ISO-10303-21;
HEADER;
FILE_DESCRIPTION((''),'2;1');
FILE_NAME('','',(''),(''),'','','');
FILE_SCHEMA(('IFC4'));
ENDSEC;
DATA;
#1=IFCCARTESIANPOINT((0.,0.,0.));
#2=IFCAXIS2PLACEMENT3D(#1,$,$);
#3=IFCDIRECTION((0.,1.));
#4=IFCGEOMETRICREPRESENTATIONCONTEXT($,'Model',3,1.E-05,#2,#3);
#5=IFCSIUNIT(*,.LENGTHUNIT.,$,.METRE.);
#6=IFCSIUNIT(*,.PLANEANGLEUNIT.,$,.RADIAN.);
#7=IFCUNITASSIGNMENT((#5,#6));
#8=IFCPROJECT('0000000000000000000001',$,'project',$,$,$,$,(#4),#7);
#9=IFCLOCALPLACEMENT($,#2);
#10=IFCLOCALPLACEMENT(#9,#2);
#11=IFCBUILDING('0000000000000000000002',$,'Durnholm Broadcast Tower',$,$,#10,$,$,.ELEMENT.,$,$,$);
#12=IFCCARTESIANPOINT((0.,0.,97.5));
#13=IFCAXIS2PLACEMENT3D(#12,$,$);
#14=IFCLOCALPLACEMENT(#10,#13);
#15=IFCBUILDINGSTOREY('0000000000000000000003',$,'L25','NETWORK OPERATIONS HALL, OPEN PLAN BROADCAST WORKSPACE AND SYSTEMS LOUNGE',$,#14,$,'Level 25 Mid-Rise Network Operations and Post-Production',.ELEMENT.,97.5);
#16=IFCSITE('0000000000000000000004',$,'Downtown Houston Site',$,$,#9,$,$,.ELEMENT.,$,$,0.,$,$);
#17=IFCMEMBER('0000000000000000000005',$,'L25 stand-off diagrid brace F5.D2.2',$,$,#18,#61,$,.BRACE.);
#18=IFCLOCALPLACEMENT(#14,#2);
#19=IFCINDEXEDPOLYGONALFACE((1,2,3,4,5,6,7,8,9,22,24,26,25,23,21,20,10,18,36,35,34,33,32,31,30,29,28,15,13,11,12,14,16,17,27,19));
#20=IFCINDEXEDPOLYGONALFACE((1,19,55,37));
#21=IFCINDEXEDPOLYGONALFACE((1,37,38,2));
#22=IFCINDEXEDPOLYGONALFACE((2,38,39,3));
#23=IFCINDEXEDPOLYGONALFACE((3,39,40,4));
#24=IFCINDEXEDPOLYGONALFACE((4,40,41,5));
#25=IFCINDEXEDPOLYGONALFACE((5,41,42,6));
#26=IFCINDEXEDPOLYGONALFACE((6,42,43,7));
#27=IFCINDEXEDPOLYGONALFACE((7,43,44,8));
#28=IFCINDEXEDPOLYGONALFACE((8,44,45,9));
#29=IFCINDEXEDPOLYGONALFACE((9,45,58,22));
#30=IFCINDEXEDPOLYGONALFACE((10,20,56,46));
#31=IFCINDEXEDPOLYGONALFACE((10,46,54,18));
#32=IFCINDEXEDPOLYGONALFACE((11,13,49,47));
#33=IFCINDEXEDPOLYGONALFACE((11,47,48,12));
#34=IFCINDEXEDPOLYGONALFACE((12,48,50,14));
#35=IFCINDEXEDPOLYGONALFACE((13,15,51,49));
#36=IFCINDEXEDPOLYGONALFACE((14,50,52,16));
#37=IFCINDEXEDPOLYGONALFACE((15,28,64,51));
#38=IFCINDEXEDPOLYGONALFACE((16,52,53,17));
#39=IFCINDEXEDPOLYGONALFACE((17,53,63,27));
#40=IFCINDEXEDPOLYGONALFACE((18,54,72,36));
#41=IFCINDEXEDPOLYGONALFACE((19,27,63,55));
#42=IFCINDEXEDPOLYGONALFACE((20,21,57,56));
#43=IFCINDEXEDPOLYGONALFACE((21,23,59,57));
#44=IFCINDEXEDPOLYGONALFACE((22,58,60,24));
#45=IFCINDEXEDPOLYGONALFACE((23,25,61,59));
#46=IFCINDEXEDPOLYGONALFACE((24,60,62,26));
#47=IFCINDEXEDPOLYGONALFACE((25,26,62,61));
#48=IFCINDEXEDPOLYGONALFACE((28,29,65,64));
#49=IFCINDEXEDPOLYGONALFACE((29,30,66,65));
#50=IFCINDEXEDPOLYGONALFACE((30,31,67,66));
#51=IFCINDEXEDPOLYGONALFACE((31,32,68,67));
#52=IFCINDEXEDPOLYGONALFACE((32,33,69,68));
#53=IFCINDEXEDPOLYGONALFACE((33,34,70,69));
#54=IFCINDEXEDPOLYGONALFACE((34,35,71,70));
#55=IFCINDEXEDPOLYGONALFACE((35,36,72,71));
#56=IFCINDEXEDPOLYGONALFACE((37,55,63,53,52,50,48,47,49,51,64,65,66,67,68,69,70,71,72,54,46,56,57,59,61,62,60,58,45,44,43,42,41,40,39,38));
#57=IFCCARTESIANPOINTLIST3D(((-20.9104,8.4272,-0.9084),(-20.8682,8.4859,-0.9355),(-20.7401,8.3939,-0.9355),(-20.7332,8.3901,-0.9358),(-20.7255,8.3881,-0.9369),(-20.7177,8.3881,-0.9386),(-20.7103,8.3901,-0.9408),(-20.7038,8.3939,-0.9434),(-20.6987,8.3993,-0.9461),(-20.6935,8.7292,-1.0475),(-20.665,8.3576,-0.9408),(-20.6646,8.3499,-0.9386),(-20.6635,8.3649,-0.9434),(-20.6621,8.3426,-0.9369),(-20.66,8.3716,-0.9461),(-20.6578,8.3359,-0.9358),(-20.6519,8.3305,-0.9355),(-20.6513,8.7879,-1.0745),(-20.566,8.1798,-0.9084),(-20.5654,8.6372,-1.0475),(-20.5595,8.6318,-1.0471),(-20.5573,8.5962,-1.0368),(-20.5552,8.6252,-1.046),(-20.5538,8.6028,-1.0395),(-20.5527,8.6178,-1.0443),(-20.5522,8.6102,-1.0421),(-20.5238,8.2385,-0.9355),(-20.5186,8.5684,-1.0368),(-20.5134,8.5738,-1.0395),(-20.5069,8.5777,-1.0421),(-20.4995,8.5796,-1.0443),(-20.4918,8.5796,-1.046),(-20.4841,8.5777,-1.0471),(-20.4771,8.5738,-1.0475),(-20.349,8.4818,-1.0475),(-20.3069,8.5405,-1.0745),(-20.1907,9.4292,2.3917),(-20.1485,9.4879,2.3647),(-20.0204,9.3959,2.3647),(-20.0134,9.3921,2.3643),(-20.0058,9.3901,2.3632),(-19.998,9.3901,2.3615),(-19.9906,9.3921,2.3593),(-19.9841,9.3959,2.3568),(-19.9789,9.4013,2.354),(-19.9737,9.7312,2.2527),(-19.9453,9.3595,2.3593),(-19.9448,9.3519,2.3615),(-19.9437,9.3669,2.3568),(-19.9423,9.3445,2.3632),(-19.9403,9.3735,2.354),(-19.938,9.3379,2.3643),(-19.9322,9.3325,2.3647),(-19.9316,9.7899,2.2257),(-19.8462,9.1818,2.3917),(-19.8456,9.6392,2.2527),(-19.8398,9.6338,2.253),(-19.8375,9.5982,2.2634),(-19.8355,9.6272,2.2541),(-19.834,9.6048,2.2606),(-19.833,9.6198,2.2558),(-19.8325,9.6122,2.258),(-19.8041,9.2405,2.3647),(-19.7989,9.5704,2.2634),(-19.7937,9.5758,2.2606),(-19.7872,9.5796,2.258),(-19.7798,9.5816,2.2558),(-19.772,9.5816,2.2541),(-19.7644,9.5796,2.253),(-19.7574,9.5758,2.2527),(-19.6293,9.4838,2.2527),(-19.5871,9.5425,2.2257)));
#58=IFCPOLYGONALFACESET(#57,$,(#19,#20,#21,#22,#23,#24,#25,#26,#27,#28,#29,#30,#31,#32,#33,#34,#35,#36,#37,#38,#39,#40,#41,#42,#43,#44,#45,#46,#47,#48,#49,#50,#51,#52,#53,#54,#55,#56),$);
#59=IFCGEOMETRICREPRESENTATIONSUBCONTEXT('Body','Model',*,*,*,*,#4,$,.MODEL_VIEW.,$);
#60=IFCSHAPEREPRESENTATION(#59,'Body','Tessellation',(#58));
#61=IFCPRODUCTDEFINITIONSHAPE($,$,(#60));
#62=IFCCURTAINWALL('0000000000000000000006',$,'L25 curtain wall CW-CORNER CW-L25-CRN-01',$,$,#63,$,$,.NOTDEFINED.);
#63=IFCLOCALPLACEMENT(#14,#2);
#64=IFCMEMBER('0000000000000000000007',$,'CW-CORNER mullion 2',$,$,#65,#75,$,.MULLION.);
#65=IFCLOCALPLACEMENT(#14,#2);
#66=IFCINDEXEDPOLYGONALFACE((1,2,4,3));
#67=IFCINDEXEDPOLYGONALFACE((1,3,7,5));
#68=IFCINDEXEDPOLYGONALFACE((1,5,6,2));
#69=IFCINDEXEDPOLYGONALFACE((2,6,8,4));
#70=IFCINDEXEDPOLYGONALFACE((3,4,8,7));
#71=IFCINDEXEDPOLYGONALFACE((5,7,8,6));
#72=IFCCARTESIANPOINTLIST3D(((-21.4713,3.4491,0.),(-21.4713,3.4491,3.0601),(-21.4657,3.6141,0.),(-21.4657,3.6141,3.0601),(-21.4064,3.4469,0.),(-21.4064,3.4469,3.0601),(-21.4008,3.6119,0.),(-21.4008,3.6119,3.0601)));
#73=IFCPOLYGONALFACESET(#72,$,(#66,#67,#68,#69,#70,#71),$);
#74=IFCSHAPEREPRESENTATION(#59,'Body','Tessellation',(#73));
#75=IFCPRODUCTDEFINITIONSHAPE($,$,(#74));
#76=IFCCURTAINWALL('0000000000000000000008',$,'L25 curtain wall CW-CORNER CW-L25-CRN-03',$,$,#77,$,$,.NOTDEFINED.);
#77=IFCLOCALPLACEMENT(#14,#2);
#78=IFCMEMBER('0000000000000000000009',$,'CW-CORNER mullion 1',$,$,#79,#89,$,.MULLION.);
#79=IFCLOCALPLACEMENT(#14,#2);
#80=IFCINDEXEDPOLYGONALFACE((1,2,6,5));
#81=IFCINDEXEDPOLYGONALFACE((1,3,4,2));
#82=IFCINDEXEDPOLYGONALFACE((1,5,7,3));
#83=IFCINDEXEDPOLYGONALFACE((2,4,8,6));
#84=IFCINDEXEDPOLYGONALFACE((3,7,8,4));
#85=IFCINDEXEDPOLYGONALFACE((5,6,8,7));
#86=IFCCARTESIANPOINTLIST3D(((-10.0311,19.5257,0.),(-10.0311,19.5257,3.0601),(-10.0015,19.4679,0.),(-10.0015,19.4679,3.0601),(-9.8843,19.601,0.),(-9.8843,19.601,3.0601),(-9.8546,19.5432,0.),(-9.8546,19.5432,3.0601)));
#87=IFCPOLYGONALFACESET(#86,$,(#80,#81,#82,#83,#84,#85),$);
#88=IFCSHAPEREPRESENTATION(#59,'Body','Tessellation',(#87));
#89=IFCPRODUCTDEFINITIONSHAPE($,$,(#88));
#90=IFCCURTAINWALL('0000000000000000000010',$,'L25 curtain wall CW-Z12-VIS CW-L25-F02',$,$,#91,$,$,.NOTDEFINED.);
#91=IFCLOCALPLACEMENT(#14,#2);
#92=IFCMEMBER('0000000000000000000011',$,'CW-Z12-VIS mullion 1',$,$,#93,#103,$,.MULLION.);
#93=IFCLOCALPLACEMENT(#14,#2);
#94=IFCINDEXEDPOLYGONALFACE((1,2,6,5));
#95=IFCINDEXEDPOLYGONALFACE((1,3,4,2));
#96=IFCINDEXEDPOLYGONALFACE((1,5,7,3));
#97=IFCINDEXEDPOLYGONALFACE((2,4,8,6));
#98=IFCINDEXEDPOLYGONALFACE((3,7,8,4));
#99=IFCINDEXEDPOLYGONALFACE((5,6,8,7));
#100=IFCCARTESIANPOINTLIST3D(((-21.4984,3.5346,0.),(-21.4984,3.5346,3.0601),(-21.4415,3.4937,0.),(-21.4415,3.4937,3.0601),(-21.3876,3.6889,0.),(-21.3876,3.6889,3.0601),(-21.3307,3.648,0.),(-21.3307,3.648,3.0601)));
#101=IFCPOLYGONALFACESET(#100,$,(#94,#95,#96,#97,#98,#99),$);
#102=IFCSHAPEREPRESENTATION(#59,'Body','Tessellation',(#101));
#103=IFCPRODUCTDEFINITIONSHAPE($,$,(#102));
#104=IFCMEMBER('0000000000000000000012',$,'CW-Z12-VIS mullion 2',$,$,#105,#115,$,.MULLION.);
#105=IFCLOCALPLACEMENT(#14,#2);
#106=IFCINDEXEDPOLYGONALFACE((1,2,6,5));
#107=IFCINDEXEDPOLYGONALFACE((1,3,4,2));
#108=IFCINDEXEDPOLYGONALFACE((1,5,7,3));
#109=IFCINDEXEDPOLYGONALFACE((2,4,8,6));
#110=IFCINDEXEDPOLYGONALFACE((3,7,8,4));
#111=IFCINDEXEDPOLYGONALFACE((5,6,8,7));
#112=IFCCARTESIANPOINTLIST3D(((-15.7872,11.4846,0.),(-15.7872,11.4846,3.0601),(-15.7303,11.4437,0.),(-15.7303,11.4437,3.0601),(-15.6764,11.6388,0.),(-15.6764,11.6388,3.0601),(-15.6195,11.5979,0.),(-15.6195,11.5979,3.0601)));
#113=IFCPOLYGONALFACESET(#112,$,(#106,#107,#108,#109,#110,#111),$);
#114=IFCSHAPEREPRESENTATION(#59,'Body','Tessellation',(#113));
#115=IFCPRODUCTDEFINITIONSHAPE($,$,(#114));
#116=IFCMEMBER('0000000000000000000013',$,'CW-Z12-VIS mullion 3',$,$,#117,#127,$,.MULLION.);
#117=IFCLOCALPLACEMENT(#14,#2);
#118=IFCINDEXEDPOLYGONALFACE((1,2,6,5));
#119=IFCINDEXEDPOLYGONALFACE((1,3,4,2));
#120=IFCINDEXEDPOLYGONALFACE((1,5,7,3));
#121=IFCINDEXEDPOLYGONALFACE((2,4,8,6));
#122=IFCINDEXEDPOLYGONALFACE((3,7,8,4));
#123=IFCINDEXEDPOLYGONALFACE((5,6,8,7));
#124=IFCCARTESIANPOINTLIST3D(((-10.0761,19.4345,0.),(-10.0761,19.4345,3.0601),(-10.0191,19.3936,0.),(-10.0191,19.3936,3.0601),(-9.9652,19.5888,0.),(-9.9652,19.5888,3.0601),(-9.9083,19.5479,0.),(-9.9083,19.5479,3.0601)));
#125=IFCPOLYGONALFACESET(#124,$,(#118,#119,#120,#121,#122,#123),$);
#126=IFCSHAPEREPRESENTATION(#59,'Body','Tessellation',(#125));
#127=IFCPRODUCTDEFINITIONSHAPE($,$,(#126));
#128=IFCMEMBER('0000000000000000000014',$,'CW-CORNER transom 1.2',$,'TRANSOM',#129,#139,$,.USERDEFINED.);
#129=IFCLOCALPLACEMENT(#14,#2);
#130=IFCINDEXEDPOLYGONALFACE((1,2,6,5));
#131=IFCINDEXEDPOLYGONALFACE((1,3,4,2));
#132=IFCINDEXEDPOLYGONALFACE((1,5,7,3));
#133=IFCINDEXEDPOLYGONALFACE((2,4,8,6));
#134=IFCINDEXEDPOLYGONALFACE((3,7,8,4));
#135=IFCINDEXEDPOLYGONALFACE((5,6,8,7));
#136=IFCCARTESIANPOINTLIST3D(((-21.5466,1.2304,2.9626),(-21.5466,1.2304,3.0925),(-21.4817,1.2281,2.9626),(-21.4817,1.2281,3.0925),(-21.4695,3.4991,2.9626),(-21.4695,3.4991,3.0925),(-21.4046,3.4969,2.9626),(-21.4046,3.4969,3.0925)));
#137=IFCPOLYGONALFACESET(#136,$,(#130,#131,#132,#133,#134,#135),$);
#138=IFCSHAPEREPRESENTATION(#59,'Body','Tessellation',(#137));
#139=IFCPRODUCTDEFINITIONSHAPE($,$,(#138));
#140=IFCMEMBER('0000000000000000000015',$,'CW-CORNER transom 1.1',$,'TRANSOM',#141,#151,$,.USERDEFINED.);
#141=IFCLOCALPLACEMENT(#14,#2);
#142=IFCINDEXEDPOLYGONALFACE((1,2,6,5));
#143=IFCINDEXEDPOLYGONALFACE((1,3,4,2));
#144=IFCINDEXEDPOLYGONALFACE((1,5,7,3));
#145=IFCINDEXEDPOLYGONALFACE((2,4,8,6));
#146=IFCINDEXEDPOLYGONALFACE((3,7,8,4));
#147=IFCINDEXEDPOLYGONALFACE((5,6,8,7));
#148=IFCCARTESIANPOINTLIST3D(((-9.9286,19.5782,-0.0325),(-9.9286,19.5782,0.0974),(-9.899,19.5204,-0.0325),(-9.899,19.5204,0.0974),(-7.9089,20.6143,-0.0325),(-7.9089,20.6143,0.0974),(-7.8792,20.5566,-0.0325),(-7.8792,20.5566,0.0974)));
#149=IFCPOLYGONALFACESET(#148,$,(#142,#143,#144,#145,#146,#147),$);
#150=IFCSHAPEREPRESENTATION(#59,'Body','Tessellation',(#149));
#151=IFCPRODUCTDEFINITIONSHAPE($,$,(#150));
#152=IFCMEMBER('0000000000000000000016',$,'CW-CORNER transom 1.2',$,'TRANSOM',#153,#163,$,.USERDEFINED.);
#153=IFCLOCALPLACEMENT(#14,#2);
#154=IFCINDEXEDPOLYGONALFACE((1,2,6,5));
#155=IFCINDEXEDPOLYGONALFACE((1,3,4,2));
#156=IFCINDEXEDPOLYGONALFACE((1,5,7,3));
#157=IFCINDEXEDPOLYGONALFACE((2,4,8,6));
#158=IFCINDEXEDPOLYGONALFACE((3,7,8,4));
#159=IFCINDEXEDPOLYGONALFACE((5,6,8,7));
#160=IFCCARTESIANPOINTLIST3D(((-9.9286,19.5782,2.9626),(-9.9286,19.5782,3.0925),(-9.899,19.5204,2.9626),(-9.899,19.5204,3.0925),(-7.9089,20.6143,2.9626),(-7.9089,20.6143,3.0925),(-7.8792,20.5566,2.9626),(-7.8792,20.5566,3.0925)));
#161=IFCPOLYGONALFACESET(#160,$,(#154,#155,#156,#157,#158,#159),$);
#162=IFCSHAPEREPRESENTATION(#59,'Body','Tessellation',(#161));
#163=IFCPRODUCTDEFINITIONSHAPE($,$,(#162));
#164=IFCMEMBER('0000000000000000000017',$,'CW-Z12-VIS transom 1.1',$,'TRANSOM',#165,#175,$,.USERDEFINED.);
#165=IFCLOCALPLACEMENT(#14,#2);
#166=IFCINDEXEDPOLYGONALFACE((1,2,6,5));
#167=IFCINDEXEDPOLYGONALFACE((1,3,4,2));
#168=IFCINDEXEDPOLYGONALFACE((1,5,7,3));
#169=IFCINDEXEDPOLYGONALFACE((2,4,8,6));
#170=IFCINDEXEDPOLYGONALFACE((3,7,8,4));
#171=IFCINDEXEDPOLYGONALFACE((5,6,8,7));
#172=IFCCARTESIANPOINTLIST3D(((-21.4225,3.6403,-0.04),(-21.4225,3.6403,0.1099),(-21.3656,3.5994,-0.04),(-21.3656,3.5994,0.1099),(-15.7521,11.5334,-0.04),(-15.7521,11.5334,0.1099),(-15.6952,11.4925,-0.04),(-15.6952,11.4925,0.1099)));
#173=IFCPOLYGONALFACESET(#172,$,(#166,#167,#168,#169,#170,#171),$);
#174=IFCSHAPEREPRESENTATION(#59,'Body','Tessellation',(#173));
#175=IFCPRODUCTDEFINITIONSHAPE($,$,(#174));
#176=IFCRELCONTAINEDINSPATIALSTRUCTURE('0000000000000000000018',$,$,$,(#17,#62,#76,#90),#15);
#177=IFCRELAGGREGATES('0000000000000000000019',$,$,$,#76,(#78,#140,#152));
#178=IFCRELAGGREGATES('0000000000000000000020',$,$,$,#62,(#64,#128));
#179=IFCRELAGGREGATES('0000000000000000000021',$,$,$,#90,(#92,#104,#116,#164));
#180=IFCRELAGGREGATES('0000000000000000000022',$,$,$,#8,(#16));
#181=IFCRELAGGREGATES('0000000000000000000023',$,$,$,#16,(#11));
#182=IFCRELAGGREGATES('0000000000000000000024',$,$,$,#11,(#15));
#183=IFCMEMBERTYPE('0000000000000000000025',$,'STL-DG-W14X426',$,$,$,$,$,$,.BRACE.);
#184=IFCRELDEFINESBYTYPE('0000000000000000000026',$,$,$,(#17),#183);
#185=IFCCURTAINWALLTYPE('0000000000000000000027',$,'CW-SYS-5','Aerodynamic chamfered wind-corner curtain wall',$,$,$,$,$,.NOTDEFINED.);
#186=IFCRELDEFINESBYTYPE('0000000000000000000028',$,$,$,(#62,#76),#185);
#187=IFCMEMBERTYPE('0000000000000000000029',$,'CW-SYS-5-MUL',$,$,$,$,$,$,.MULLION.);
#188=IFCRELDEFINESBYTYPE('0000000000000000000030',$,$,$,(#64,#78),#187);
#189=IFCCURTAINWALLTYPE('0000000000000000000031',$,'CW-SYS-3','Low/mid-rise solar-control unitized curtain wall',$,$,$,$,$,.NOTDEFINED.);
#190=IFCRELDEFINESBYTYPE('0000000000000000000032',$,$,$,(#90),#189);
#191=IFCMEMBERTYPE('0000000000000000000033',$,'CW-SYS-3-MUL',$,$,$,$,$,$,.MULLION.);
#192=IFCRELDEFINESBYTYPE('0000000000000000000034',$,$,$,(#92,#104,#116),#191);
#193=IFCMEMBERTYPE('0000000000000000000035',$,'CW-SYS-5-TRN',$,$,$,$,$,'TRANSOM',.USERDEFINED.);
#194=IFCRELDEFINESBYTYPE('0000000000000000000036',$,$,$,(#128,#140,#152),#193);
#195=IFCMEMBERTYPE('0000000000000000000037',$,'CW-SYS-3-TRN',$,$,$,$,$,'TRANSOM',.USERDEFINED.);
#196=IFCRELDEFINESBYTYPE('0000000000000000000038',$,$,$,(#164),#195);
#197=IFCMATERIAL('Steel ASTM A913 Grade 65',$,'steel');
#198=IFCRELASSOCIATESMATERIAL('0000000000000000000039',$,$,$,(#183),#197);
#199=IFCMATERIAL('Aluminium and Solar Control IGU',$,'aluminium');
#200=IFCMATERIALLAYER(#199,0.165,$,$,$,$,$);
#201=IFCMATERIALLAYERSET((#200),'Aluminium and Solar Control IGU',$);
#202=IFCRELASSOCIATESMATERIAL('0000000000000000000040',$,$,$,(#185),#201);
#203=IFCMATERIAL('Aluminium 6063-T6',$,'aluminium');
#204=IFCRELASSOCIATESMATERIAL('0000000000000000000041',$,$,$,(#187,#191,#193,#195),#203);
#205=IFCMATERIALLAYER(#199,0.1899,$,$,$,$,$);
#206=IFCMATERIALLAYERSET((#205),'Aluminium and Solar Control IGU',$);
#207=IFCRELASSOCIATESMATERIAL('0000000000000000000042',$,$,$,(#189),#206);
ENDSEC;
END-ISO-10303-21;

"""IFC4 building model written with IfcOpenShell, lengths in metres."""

from ifc_helpers import new_model, si_unit, direction, frame, origin, origin_2d, place, context, subcontext, project, spatial, rectangle, i_section, extrude, source, transform, mapped, material, layer, layer_set, material_profile, profile_set, type_object, type_shapes, element, aggregate, save


model = new_model("IFC4")

# Units and contexts
model_context = context("Model", 3, precision=1e-05, world=origin(), true_north=direction((0.0, 1.0)))
body_context = subcontext(model_context, "Body", "Model", "MODEL_VIEW")
ifc_project = project(units=[si_unit("LENGTHUNIT", "METRE"), si_unit("PLANEANGLEUNIT", "RADIAN")], contexts=[model_context])

# Site, building, storey
site_placement = place(None, origin())
site = spatial("IfcSite", under=ifc_project, at=site_placement, Name="Downtown Houston Site", CompositionType="ELEMENT", RefElevation=0.0)
building_placement = place(site_placement, origin())
building = spatial("IfcBuilding", under=site, at=building_placement, Name="Durnholm Broadcast Tower", CompositionType="ELEMENT")
storey_placement = place(building_placement, frame((0.0, 0.0, 97.5)))
storey = spatial("IfcBuildingStorey", under=building, at=storey_placement, Name="L25", Description="NETWORK OPERATIONS HALL, OPEN PLAN BROADCAST WORKSPACE AND SYSTEMS LOUNGE", LongName="Level 25 Mid-Rise Network Operations and Post-Production", CompositionType="ELEMENT", Elevation=97.5)

# Member
ifc_material_1 = material(Name="Steel ASTM A913 Grade 65", Category="steel")
ifc_material_profile_1 = material_profile(ifc_material_1, i_section(OverallWidth=0.4241, OverallDepth=0.4741, WebThickness=0.0476, FlangeThickness=0.0771, FilletRadius=0.0305, at=origin_2d()), Name="W14X426")
ifc_profile_set_1 = profile_set([ifc_material_profile_1], Name="Steel ASTM A913 Grade 65")
member_type_1 = type_object("IfcMemberType", Name="STL-DG-W14X426", PredefinedType="BRACE", material=ifc_profile_set_1)
shared_shape_1 = source(origin(), body_context, "Body", "SweptSolid", [
    extrude(i_section(OverallWidth=0.4241, OverallDepth=0.4741, WebThickness=0.0476, FlangeThickness=0.0771, FilletRadius=0.0305, at=origin_2d()), origin(), (0.0, 0.0, 1.0), 3.5232),
])
type_shapes(member_type_1, [shared_shape_1])
for number, where, z_axis, x_axis, name in (
    (1, (-20.6086, 8.4839, -0.9915), (0.204288, 0.284395, 0.936689), (-0.812179, 0.583408, 0.0), "L25 stand-off diagrid brace F5.D2.2"),
):
    element("IfcMember", number, at=place(storey_placement, frame(where, z_axis=z_axis, x_axis=x_axis)), inside=storey, type_object=member_type_1, Name=name, PredefinedType="BRACE", context=body_context, shape_type="MappedRepresentation", body=[
        mapped(shared_shape_1, transform((0.0, 0.0, 0.0), x_axis=(1.0, 0.0, 0.0), y_axis=(0.0, 1.0, 0.0), z_axis=(0.0, 0.0, 1.0), scale=1.0)),
    ])

# Curtain walls, members
ifc_material_2 = material(Name="Aluminium and Solar Control IGU", Category="aluminium")
ifc_layer_1 = layer(ifc_material_2, 0.165)
ifc_layer_set_1 = layer_set([ifc_layer_1], Name="Aluminium and Solar Control IGU")
curtain_wall_type_1 = type_object("IfcCurtainWallType", Name="CW-SYS-5", Description="Aerodynamic chamfered wind-corner curtain wall", PredefinedType="NOTDEFINED", material=ifc_layer_set_1)
curtain_wall_1_placement = place(storey_placement, origin())
curtain_wall_1 = element("IfcCurtainWall", 2, at=curtain_wall_1_placement, inside=storey, type_object=curtain_wall_type_1, Name="L25 curtain wall CW-CORNER CW-L25-CRN-01", PredefinedType="NOTDEFINED")
ifc_material_3 = material(Name="Aluminium 6063-T6", Category="aluminium")
ifc_material_profile_2 = material_profile(ifc_material_3, rectangle(XDim=0.0649, YDim=0.165, at=origin_2d()), Name="CWM65X165")
ifc_profile_set_2 = profile_set([ifc_material_profile_2], Name="Aluminium 6063-T6")
member_type_2 = type_object("IfcMemberType", Name="CW-SYS-5-MUL", PredefinedType="MULLION", material=ifc_profile_set_2)
shared_shape_2 = source(origin(), body_context, "Body", "SweptSolid", [
    extrude(rectangle(XDim=0.0649, YDim=0.165, at=origin_2d()), origin(), (0.0, 0.0, 1.0), 3.0601),
])
type_shapes(member_type_2, [shared_shape_2])
member_1_placement = place(storey_placement, frame((-21.436, 3.5305, 0.0), z_axis=(0.0, 0.0, 1.0), x_axis=(-0.999425, 0.033917, 0.0)))
member_1 = element("IfcMember", 3, at=member_1_placement, type_object=member_type_2, Name="CW-CORNER mullion 2", PredefinedType="MULLION", context=body_context, shape_type="MappedRepresentation", body=[
    mapped(shared_shape_2, transform((0.0, 0.0, 0.0), x_axis=(1.0, 0.0, 0.0), y_axis=(0.0, 1.0, 0.0), z_axis=(0.0, 0.0, 1.0), scale=1.0)),
])
curtain_wall_2_placement = place(storey_placement, origin())
curtain_wall_2 = element("IfcCurtainWall", 4, at=curtain_wall_2_placement, inside=storey, type_object=curtain_wall_type_1, Name="L25 curtain wall CW-CORNER CW-L25-CRN-03", PredefinedType="NOTDEFINED")
member_2_placement = place(storey_placement, frame((-9.9429, 19.5344, 0.0), z_axis=(0.0, 0.0, 1.0), x_axis=(-0.456373, 0.889788, 0.0)))
member_2 = element("IfcMember", 5, at=member_2_placement, type_object=member_type_2, Name="CW-CORNER mullion 1", PredefinedType="MULLION", context=body_context, shape_type="MappedRepresentation", body=[
    mapped(shared_shape_2, transform((0.0, 0.0, 0.0), x_axis=(1.0, 0.0, 0.0), y_axis=(0.0, 1.0, 0.0), z_axis=(0.0, 0.0, 1.0), scale=1.0)),
])

# Curtain wall, members
ifc_layer_2 = layer(ifc_material_2, 0.1899)
ifc_layer_set_2 = layer_set([ifc_layer_2], Name="Aluminium and Solar Control IGU")
curtain_wall_type_2 = type_object("IfcCurtainWallType", Name="CW-SYS-3", Description="Low/mid-rise solar-control unitized curtain wall", PredefinedType="NOTDEFINED", material=ifc_layer_set_2)
curtain_wall_3_placement = place(storey_placement, origin())
curtain_wall_3 = element("IfcCurtainWall", 6, at=curtain_wall_3_placement, inside=storey, type_object=curtain_wall_type_2, Name="L25 curtain wall CW-Z12-VIS CW-L25-F02", PredefinedType="NOTDEFINED")
ifc_material_profile_3 = material_profile(ifc_material_3, rectangle(XDim=0.0701, YDim=0.1899, at=origin_2d()), Name="CWM70X190")
ifc_profile_set_3 = profile_set([ifc_material_profile_3], Name="Aluminium 6063-T6")
member_type_3 = type_object("IfcMemberType", Name="CW-SYS-3-MUL", PredefinedType="MULLION", material=ifc_profile_set_3)
shared_shape_3 = source(origin(), body_context, "Body", "SweptSolid", [
    extrude(rectangle(XDim=0.0701, YDim=0.1899, at=origin_2d()), origin(), (0.0, 0.0, 1.0), 3.0601),
])
type_shapes(member_type_3, [shared_shape_3])
member_3_placement = place(storey_placement, frame((-21.4146, 3.5913, 0.0), z_axis=(0.0, 0.0, 1.0), x_axis=(-0.812152, 0.583445, 0.0)))
member_3 = element("IfcMember", 7, at=member_3_placement, type_object=member_type_3, Name="CW-Z12-VIS mullion 1", PredefinedType="MULLION", context=body_context, shape_type="MappedRepresentation", body=[
    mapped(shared_shape_3, transform((0.0, 0.0, 0.0), x_axis=(1.0, 0.0, 0.0), y_axis=(0.0, 1.0, 0.0), z_axis=(0.0, 0.0, 1.0), scale=1.0)),
])
member_4_placement = place(storey_placement, frame((-15.7034, 11.5413, 0.0), z_axis=(0.0, 0.0, 1.0), x_axis=(-0.812152, 0.583445, 0.0)))
member_4 = element("IfcMember", 8, at=member_4_placement, type_object=member_type_3, Name="CW-Z12-VIS mullion 2", PredefinedType="MULLION", context=body_context, shape_type="MappedRepresentation", body=[
    mapped(shared_shape_3, transform((0.0, 0.0, 0.0), x_axis=(1.0, 0.0, 0.0), y_axis=(0.0, 1.0, 0.0), z_axis=(0.0, 0.0, 1.0), scale=1.0)),
])
member_5_placement = place(storey_placement, frame((-9.9922, 19.4912, 0.0), z_axis=(0.0, 0.0, 1.0), x_axis=(-0.812152, 0.583445, 0.0)))
member_5 = element("IfcMember", 9, at=member_5_placement, type_object=member_type_3, Name="CW-Z12-VIS mullion 3", PredefinedType="MULLION", context=body_context, shape_type="MappedRepresentation", body=[
    mapped(shared_shape_3, transform((0.0, 0.0, 0.0), x_axis=(1.0, 0.0, 0.0), y_axis=(0.0, 1.0, 0.0), z_axis=(0.0, 0.0, 1.0), scale=1.0)),
])

# Members
ifc_material_profile_4 = material_profile(ifc_material_3, rectangle(XDim=0.0649, YDim=0.1299, at=origin_2d()), Name="CWT65X130")
ifc_profile_set_4 = profile_set([ifc_material_profile_4], Name="Aluminium 6063-T6")
member_type_4 = type_object("IfcMemberType", Name="CW-SYS-5-TRN", ElementType="TRANSOM", PredefinedType="USERDEFINED", material=ifc_profile_set_4)
shared_shape_4 = source(origin(), body_context, "Body", "SweptSolid", [
    extrude(rectangle(XDim=0.0649, YDim=0.1299, at=origin_2d()), origin(), (0.0, 0.0, 1.0), 2.27),
])
type_shapes(member_type_4, [shared_shape_4])
member_6_placement = place(storey_placement, frame((-21.5142, 1.2292, 3.0276), z_axis=(0.033984, 0.999422, 0.0), x_axis=(-0.999422, 0.033984, 0.0)))
member_6 = element("IfcMember", 10, at=member_6_placement, type_object=member_type_4, Name="CW-CORNER transom 1.2", ObjectType="TRANSOM", PredefinedType="USERDEFINED", context=body_context, shape_type="MappedRepresentation", body=[
    mapped(shared_shape_4, transform((0.0, 0.0, 0.0), x_axis=(1.0, 0.0, 0.0), y_axis=(0.0, 1.0, 0.0), z_axis=(0.0, 0.0, 1.0), scale=1.0)),
])
member_7_placement = place(storey_placement, frame((-9.9138, 19.5493, 0.0325), z_axis=(0.889755, 0.456439, 0.0), x_axis=(-0.456439, 0.889755, 0.0)))
member_7 = element("IfcMember", 11, at=member_7_placement, type_object=member_type_4, Name="CW-CORNER transom 1.1", ObjectType="TRANSOM", PredefinedType="USERDEFINED", context=body_context, shape_type="MappedRepresentation", body=[
    mapped(shared_shape_4, transform((0.0, 0.0, 0.0), x_axis=(1.0, 0.0, 0.0), y_axis=(0.0, 1.0, 0.0), z_axis=(0.0, 0.0, 1.0), scale=1.0)),
])
member_8_placement = place(storey_placement, frame((-9.9138, 19.5493, 3.0276), z_axis=(0.889755, 0.456439, 0.0), x_axis=(-0.456439, 0.889755, 0.0)))
member_8 = element("IfcMember", 12, at=member_8_placement, type_object=member_type_4, Name="CW-CORNER transom 1.2", ObjectType="TRANSOM", PredefinedType="USERDEFINED", context=body_context, shape_type="MappedRepresentation", body=[
    mapped(shared_shape_4, transform((0.0, 0.0, 0.0), x_axis=(1.0, 0.0, 0.0), y_axis=(0.0, 1.0, 0.0), z_axis=(0.0, 0.0, 1.0), scale=1.0)),
])
aggregate(curtain_wall_2, [member_2, member_7, member_8])
ifc_material_profile_5 = material_profile(ifc_material_3, rectangle(XDim=0.0701, YDim=0.1499, at=origin_2d()), Name="CWT70X150")
ifc_profile_set_5 = profile_set([ifc_material_profile_5], Name="Aluminium 6063-T6")
member_type_5 = type_object("IfcMemberType", Name="CW-SYS-3-TRN", ElementType="TRANSOM", PredefinedType="USERDEFINED", material=ifc_profile_set_5)
shared_shape_5 = source(origin(), body_context, "Body", "SweptSolid", [
    extrude(rectangle(XDim=0.0701, YDim=0.1499, at=origin_2d()), origin(), (0.0, 0.0, 1.0), 9.7188),
])
type_shapes(member_type_5, [shared_shape_5])
member_9_placement = place(storey_placement, frame((-21.394, 3.6199, 0.0349), z_axis=(0.583451, 0.812149, 0.0), x_axis=(-0.812149, 0.583451, 0.0)))
member_9 = element("IfcMember", 13, at=member_9_placement, type_object=member_type_5, Name="CW-Z12-VIS transom 1.1", ObjectType="TRANSOM", PredefinedType="USERDEFINED", context=body_context, shape_type="MappedRepresentation", body=[
    mapped(shared_shape_5, transform((0.0, 0.0, 0.0), x_axis=(1.0, 0.0, 0.0), y_axis=(0.0, 1.0, 0.0), z_axis=(0.0, 0.0, 1.0), scale=1.0)),
])

aggregate(curtain_wall_1, [member_1, member_6])
aggregate(curtain_wall_3, [member_3, member_4, member_5, member_9])

save(model, "model.ifc")
